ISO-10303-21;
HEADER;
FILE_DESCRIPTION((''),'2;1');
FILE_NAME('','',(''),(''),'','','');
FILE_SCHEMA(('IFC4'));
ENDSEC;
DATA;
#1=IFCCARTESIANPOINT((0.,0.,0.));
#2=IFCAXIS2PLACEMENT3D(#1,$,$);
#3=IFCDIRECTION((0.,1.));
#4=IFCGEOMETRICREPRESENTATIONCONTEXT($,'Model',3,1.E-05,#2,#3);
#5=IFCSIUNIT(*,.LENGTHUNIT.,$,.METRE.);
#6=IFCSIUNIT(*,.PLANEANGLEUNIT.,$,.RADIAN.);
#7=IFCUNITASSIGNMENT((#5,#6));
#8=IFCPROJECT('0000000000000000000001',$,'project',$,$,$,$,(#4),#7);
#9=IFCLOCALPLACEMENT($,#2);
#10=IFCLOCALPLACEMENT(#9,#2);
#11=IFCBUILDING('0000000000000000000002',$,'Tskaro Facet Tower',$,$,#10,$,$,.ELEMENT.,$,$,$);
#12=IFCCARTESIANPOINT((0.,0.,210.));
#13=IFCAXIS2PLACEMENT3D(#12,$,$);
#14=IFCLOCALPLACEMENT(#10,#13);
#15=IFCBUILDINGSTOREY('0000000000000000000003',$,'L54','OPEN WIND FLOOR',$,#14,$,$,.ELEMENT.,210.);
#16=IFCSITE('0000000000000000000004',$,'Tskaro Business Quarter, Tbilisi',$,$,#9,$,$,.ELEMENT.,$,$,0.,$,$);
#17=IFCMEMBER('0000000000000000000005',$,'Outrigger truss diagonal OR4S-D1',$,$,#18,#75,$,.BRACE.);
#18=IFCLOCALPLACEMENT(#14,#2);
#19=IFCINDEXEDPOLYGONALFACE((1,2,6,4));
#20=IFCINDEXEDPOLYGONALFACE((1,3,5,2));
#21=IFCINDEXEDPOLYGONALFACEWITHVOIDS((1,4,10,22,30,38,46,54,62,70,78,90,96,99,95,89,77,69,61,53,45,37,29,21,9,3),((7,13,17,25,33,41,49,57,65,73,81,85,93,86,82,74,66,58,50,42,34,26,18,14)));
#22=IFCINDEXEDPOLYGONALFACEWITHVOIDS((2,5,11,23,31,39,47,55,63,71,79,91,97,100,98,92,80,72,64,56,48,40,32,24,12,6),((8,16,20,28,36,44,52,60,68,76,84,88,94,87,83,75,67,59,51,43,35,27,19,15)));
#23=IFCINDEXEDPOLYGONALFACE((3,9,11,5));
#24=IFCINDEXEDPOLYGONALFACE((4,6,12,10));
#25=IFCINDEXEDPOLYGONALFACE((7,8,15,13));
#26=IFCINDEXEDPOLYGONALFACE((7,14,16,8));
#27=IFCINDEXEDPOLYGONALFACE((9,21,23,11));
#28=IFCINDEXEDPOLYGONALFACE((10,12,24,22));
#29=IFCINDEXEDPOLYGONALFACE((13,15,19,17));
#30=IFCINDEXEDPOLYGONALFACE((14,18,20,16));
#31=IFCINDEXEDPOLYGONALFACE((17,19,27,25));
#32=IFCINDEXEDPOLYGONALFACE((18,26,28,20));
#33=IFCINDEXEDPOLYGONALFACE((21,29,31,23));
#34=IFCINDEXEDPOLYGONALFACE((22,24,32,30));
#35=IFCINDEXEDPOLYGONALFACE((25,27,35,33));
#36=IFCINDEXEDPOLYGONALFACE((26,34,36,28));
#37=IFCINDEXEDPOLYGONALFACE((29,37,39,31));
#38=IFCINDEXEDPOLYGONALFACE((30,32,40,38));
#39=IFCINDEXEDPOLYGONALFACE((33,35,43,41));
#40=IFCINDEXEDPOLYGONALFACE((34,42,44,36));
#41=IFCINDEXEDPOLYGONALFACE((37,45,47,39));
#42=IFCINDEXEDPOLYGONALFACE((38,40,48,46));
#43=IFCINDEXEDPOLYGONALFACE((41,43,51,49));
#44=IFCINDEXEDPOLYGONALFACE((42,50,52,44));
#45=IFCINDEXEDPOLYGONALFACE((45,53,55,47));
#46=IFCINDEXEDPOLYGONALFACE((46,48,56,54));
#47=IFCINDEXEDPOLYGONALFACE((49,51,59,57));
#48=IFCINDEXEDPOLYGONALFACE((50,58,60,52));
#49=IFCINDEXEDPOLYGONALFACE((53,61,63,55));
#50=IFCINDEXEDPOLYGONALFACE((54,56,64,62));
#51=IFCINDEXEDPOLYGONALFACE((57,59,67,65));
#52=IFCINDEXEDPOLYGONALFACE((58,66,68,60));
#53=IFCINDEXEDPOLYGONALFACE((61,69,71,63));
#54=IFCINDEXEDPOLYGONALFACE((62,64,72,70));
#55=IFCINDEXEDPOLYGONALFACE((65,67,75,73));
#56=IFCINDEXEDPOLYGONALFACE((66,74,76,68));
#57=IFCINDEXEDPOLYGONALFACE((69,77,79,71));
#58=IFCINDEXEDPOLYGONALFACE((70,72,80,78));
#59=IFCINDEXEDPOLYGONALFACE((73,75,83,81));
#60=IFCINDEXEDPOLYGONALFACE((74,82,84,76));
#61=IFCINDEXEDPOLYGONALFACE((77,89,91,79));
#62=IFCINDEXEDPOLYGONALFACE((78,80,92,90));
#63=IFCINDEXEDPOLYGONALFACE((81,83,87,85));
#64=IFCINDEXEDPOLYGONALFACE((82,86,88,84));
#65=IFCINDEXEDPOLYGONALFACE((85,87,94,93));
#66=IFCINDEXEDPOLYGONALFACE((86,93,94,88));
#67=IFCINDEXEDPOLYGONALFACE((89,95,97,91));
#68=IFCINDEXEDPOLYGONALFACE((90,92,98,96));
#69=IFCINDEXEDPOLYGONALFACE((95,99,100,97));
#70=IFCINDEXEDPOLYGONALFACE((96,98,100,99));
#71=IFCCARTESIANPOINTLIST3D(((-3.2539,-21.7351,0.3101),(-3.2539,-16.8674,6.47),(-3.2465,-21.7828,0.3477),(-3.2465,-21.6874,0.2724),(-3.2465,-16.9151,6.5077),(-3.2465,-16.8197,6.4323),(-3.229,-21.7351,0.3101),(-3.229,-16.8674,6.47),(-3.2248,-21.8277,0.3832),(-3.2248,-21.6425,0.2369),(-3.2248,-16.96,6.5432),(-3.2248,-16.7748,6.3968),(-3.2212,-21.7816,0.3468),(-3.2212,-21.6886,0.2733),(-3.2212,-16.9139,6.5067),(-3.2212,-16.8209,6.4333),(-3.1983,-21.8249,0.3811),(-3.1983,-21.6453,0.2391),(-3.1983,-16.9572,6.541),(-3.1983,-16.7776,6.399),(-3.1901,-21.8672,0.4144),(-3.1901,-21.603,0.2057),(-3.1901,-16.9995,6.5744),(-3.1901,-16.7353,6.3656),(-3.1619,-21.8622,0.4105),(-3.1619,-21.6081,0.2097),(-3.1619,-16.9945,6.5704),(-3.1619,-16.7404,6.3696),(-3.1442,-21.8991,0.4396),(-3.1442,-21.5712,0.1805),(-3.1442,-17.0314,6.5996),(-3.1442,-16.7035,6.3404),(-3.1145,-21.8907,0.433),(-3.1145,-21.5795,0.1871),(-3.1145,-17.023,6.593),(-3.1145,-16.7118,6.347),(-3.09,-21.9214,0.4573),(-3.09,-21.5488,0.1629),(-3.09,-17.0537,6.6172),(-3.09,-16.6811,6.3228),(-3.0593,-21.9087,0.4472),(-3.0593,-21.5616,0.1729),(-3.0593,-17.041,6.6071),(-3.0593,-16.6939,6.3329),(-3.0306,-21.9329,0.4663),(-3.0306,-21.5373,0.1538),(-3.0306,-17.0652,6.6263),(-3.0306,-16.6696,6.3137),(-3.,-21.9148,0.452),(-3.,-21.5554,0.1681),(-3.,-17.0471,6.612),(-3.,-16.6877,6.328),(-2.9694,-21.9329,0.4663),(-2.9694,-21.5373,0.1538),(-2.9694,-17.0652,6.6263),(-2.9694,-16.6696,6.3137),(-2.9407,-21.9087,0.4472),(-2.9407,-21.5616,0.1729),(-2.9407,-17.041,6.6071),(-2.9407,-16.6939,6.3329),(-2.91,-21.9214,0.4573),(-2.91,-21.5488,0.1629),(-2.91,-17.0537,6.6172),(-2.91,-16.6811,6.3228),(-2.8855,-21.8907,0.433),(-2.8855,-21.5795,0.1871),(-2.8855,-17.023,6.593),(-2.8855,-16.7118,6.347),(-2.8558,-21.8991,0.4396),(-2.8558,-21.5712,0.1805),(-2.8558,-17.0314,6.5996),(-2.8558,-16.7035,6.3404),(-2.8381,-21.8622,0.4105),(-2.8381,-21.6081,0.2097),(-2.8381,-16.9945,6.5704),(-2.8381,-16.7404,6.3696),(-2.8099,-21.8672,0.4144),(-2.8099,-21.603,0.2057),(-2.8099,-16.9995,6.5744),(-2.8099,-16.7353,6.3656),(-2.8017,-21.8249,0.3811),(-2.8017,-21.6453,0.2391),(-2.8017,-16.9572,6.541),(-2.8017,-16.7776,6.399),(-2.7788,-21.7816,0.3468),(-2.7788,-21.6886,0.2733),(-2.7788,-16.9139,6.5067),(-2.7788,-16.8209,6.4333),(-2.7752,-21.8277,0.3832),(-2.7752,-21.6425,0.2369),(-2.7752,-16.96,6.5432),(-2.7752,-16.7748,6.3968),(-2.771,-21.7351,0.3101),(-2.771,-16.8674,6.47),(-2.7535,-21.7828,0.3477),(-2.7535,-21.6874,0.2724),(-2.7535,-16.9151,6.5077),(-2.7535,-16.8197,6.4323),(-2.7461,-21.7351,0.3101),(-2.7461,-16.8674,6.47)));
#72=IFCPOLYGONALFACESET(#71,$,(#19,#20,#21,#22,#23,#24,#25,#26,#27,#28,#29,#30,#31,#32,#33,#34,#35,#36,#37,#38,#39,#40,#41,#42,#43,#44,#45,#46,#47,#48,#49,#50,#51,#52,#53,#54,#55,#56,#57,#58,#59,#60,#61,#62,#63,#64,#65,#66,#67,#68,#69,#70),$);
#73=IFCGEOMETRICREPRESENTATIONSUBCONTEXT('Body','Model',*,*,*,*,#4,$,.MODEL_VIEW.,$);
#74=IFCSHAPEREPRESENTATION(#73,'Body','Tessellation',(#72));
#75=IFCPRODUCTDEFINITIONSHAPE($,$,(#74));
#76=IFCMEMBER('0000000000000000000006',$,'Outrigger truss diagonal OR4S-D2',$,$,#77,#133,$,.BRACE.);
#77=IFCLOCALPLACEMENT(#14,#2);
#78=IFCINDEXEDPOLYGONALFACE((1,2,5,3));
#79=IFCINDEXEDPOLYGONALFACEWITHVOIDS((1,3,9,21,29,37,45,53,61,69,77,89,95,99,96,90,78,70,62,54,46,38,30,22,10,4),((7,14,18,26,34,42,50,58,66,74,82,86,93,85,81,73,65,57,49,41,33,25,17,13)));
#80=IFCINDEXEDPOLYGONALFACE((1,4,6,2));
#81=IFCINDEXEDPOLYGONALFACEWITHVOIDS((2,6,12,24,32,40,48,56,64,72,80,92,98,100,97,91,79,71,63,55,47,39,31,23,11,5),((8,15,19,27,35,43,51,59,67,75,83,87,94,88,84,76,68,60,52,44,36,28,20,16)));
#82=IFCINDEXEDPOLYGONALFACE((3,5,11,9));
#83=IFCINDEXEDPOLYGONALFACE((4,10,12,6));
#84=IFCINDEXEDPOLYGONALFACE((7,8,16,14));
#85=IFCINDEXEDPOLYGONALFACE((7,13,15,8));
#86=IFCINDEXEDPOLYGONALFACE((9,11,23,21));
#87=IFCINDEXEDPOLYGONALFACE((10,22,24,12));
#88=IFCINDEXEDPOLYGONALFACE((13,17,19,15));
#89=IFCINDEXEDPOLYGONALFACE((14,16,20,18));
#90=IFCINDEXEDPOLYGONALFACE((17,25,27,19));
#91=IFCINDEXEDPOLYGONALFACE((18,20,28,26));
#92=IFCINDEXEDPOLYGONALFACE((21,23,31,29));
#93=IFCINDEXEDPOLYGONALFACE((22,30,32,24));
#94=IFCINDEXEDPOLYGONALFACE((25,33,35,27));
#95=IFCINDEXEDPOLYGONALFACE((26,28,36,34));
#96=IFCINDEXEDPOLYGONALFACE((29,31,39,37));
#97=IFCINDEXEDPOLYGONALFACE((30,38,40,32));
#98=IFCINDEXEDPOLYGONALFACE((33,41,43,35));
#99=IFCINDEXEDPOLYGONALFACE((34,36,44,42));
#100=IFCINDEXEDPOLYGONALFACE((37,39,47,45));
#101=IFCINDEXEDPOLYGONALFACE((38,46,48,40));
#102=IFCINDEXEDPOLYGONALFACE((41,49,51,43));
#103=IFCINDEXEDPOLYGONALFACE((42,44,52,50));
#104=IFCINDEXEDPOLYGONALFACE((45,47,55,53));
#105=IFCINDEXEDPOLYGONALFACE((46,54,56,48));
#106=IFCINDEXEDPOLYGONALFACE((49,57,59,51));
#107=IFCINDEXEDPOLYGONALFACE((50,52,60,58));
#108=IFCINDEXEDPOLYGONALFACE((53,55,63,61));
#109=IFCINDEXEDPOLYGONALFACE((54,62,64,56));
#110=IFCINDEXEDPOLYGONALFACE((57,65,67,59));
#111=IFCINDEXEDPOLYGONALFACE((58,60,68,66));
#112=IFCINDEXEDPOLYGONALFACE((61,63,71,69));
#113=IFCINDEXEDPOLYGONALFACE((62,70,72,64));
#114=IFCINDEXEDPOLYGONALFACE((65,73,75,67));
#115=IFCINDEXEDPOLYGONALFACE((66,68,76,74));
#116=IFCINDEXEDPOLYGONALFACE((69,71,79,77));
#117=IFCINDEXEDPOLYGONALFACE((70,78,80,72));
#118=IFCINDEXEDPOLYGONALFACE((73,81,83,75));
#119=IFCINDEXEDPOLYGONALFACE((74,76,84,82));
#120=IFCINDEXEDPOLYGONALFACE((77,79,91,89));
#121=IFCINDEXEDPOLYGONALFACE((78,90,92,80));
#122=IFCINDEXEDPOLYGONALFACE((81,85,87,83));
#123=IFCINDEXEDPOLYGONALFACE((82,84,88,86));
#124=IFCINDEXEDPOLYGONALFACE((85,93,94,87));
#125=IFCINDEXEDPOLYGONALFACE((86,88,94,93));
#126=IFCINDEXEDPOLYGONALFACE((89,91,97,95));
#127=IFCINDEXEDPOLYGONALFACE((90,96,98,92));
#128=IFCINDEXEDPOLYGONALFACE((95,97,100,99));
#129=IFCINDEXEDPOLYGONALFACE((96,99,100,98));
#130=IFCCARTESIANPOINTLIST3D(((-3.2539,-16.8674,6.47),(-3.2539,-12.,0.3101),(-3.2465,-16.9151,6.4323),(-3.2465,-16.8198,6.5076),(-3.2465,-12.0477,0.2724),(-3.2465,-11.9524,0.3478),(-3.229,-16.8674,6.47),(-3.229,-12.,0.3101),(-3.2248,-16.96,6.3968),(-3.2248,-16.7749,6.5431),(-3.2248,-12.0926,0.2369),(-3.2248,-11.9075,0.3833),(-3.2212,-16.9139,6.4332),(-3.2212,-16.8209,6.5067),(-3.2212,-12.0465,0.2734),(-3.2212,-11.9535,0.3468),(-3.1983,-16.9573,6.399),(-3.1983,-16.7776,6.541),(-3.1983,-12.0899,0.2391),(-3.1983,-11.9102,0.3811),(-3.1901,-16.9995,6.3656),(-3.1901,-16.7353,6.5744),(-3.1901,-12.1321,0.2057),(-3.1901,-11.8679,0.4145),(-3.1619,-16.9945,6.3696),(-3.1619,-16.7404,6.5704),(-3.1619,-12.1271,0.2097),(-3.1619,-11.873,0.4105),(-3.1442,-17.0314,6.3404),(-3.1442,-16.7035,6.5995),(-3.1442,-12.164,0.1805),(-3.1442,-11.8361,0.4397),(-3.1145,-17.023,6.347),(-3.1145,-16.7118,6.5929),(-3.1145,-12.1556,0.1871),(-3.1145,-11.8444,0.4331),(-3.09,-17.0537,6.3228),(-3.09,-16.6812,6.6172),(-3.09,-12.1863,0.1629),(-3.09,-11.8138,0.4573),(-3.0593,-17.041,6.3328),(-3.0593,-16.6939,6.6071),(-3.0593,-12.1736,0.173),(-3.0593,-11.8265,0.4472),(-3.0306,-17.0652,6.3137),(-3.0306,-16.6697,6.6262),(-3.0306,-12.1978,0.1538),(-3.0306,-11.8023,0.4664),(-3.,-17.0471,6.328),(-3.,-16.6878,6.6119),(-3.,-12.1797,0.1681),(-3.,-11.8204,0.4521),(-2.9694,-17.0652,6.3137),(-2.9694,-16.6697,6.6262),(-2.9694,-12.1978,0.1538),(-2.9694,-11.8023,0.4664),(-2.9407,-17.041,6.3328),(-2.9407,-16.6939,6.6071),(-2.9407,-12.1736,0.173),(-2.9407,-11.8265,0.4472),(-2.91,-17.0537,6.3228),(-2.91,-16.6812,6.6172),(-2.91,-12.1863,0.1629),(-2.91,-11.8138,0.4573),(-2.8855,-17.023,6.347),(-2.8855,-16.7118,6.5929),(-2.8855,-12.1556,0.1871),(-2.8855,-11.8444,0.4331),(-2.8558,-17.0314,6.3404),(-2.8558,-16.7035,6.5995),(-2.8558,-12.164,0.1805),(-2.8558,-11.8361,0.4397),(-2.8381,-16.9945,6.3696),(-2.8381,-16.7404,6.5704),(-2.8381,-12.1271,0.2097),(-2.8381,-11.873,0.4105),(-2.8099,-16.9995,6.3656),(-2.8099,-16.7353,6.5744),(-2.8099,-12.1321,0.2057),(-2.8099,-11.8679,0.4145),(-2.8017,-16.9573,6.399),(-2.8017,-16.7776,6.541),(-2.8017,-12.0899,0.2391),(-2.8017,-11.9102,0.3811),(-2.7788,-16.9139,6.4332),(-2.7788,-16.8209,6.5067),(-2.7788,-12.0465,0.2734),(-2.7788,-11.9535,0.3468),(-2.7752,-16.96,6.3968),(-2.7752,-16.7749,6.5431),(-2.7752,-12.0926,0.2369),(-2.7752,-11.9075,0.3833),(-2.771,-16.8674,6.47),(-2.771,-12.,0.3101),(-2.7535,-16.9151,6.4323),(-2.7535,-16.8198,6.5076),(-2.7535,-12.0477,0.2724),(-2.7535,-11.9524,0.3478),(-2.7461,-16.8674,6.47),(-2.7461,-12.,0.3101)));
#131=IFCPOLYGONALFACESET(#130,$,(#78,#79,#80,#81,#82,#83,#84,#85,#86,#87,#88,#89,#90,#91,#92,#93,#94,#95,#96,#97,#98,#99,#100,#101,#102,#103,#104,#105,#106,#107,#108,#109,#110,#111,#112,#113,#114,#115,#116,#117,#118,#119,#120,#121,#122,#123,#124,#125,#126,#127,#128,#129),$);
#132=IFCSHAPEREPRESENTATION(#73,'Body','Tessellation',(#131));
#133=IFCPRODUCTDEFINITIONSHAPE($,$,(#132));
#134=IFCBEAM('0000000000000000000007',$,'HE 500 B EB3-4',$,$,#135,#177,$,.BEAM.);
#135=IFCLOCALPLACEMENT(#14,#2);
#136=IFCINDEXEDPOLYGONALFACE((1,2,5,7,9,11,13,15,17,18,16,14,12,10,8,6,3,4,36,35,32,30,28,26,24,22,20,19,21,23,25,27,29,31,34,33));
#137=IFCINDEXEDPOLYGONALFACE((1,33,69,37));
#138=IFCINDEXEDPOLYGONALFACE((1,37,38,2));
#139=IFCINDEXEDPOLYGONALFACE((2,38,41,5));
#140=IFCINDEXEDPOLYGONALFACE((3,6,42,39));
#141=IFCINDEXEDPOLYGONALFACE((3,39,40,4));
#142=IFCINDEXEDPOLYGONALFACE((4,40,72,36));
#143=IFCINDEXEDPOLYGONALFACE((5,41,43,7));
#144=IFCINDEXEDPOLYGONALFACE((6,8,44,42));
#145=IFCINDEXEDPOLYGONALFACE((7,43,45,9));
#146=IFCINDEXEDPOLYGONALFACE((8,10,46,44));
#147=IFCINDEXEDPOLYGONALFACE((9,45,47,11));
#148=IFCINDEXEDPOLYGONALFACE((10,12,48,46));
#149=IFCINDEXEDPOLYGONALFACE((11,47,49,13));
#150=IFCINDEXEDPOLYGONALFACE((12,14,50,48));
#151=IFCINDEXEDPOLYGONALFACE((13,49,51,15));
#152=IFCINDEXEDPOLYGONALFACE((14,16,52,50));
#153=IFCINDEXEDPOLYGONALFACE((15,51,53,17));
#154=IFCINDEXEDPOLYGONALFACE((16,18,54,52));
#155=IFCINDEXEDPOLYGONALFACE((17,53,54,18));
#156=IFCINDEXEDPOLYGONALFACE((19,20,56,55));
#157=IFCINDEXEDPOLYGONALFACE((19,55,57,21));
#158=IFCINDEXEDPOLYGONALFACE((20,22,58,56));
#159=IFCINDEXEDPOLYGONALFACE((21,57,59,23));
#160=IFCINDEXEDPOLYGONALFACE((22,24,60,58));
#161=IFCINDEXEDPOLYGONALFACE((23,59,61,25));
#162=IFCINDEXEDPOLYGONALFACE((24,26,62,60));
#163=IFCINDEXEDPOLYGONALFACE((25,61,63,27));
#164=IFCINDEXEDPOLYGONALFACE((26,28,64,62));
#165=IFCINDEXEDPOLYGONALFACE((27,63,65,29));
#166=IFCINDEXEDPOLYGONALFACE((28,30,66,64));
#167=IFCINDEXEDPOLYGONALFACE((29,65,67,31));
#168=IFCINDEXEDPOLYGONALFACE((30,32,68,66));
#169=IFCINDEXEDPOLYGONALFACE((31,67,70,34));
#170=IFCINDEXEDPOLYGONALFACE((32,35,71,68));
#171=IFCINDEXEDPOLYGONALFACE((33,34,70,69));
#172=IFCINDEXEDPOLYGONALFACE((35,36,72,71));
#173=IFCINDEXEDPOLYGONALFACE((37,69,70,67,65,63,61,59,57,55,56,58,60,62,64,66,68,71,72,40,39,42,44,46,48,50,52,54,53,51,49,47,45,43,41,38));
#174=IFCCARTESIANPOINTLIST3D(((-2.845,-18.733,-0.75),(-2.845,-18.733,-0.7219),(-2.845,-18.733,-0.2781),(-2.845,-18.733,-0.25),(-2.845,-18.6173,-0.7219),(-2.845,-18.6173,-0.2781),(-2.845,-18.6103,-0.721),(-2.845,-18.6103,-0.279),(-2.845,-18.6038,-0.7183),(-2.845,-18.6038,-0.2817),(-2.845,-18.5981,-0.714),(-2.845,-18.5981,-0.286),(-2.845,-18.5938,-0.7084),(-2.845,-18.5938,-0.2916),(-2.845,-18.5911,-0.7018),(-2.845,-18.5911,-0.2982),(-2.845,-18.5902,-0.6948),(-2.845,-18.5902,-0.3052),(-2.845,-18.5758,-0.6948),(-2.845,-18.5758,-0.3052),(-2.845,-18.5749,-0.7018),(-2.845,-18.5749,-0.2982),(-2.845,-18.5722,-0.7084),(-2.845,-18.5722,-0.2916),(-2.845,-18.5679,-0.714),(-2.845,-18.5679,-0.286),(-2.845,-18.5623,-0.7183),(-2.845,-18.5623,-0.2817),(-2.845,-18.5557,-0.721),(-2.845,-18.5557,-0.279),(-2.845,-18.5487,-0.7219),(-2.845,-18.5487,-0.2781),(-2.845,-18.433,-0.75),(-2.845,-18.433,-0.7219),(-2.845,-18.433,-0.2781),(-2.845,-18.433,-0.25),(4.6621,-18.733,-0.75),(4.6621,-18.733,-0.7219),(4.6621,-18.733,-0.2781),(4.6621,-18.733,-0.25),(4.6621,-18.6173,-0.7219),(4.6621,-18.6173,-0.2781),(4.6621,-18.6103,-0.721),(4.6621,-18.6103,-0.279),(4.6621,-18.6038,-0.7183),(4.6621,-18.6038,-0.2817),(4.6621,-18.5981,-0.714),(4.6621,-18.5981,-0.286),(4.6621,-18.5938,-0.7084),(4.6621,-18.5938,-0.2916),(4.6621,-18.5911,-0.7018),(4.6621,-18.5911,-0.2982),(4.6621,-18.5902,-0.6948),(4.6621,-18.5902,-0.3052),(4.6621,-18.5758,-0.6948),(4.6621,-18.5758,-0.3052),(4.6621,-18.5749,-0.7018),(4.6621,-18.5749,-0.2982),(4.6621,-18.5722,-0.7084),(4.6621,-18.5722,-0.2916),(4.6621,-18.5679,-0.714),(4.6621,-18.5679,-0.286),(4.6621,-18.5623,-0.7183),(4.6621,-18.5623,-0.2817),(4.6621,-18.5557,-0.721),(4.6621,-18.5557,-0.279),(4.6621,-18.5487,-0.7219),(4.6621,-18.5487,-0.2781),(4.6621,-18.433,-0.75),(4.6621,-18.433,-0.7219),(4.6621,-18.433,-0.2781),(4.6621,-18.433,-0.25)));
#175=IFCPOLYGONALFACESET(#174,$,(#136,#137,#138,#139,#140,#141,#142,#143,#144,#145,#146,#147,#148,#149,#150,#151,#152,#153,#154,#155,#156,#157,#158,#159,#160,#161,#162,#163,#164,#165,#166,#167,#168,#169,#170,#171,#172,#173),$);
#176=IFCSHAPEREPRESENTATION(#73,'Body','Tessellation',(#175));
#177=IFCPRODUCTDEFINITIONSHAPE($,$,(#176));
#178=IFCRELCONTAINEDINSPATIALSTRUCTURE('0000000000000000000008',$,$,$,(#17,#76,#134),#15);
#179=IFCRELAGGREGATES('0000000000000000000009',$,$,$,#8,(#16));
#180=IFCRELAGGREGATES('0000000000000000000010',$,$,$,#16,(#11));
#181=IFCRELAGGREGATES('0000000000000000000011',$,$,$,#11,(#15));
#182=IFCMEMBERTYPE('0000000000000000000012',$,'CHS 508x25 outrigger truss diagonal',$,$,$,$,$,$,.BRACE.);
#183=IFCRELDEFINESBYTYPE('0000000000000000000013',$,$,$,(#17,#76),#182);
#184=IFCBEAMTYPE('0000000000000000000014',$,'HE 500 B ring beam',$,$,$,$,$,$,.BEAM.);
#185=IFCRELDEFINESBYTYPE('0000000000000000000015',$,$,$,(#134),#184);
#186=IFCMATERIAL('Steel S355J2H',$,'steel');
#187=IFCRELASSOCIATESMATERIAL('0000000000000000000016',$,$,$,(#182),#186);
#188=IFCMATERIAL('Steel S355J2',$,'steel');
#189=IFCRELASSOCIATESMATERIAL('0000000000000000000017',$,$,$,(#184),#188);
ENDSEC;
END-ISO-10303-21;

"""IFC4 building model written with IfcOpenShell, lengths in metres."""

from ifc_helpers import new_model, si_unit, direction, frame, origin, origin_2d, place, context, subcontext, project, spatial, hollow_circle, i_section, extrude, material, material_profile, profile_set, type_object, element, save


model = new_model("IFC4")

# Units and contexts
model_context = context("Model", 3, precision=1e-05, world=origin(), true_north=direction((0.0, 1.0)))
body_context = subcontext(model_context, "Body", "Model", "MODEL_VIEW")
ifc_project = project(units=[si_unit("LENGTHUNIT", "METRE"), si_unit("PLANEANGLEUNIT", "RADIAN")], contexts=[model_context])

# Site, building, storey
site_placement = place(None, origin())
site = spatial("IfcSite", under=ifc_project, at=site_placement, Name="Tskaro Business Quarter, Tbilisi", CompositionType="ELEMENT", RefElevation=0.0)
building_placement = place(site_placement, origin())
building = spatial("IfcBuilding", under=site, at=building_placement, Name="Tskaro Facet Tower", CompositionType="ELEMENT")
storey_placement = place(building_placement, frame((0.0, 0.0, 210.0)))
storey = spatial("IfcBuildingStorey", under=building, at=storey_placement, Name="L54", Description="OPEN WIND FLOOR", CompositionType="ELEMENT", Elevation=210.0)

# Shared definitions
ifc_material_1 = material(Name="Steel S355J2H", Category="steel")

# Shared definitions
ifc_material_2 = material(Name="Steel S355J2", Category="steel")

# Members
ifc_material_profile_1 = material_profile(ifc_material_1, hollow_circle(Radius=0.2539, WallThickness=0.0249, at=origin_2d()), Name="CHS 508x25")
ifc_profile_set_1 = profile_set([ifc_material_profile_1], Name="Steel S355J2H")
member_type_1 = type_object("IfcMemberType", Name="CHS 508x25 outrigger truss diagonal", PredefinedType="BRACE", material=ifc_profile_set_1)
member_1_placement = place(storey_placement, frame((-3.0, -21.7351, 0.3101), z_axis=(0.0, 0.620004, 0.784599), x_axis=(-1.0, 0.0, 0.0)))
element("IfcMember", 1, at=member_1_placement, inside=storey, type_object=member_type_1, Name="Outrigger truss diagonal OR4S-D1", PredefinedType="BRACE", context=body_context, shape_type="SweptSolid", body=[
    extrude(hollow_circle(Radius=0.2539, WallThickness=0.0249, at=origin_2d()), origin(), (0.0, 0.0, 1.0), 7.8511),
])
member_2_placement = place(storey_placement, frame((-3.0, -16.8674, 6.47), z_axis=(0.0, 0.619985, -0.784614), x_axis=(-1.0, 0.0, 0.0)))
element("IfcMember", 2, at=member_2_placement, inside=storey, type_object=member_type_1, Name="Outrigger truss diagonal OR4S-D2", PredefinedType="BRACE", context=body_context, shape_type="SweptSolid", body=[
    extrude(hollow_circle(Radius=0.2539, WallThickness=0.0249, at=origin_2d()), origin(), (0.0, 0.0, 1.0), 7.8508),
])

# Beam
ifc_material_profile_2 = material_profile(ifc_material_2, i_section(OverallWidth=0.3, OverallDepth=0.5, WebThickness=0.0144, FlangeThickness=0.0281, FilletRadius=0.0271, at=origin_2d()), Name="HE 500 B")
ifc_profile_set_2 = profile_set([ifc_material_profile_2], Name="Steel S355J2")
beam_type_1 = type_object("IfcBeamType", Name="HE 500 B ring beam", PredefinedType="BEAM", material=ifc_profile_set_2)
beam_1_placement = place(storey_placement, frame((-2.845, -18.583, -0.5), z_axis=(1.0, 0.0, 0.0), x_axis=(0.0, 1.0, 0.0)))
element("IfcBeam", 3, at=beam_1_placement, inside=storey, type_object=beam_type_1, Name="HE 500 B EB3-4", PredefinedType="BEAM", context=body_context, shape_type="SweptSolid", body=[
    extrude(i_section(OverallWidth=0.3, OverallDepth=0.5, WebThickness=0.0144, FlangeThickness=0.0281, FilletRadius=0.0271, at=origin_2d()), origin(), (0.0, 0.0, 1.0), 7.5071),
])

save(model, "model.ifc")
